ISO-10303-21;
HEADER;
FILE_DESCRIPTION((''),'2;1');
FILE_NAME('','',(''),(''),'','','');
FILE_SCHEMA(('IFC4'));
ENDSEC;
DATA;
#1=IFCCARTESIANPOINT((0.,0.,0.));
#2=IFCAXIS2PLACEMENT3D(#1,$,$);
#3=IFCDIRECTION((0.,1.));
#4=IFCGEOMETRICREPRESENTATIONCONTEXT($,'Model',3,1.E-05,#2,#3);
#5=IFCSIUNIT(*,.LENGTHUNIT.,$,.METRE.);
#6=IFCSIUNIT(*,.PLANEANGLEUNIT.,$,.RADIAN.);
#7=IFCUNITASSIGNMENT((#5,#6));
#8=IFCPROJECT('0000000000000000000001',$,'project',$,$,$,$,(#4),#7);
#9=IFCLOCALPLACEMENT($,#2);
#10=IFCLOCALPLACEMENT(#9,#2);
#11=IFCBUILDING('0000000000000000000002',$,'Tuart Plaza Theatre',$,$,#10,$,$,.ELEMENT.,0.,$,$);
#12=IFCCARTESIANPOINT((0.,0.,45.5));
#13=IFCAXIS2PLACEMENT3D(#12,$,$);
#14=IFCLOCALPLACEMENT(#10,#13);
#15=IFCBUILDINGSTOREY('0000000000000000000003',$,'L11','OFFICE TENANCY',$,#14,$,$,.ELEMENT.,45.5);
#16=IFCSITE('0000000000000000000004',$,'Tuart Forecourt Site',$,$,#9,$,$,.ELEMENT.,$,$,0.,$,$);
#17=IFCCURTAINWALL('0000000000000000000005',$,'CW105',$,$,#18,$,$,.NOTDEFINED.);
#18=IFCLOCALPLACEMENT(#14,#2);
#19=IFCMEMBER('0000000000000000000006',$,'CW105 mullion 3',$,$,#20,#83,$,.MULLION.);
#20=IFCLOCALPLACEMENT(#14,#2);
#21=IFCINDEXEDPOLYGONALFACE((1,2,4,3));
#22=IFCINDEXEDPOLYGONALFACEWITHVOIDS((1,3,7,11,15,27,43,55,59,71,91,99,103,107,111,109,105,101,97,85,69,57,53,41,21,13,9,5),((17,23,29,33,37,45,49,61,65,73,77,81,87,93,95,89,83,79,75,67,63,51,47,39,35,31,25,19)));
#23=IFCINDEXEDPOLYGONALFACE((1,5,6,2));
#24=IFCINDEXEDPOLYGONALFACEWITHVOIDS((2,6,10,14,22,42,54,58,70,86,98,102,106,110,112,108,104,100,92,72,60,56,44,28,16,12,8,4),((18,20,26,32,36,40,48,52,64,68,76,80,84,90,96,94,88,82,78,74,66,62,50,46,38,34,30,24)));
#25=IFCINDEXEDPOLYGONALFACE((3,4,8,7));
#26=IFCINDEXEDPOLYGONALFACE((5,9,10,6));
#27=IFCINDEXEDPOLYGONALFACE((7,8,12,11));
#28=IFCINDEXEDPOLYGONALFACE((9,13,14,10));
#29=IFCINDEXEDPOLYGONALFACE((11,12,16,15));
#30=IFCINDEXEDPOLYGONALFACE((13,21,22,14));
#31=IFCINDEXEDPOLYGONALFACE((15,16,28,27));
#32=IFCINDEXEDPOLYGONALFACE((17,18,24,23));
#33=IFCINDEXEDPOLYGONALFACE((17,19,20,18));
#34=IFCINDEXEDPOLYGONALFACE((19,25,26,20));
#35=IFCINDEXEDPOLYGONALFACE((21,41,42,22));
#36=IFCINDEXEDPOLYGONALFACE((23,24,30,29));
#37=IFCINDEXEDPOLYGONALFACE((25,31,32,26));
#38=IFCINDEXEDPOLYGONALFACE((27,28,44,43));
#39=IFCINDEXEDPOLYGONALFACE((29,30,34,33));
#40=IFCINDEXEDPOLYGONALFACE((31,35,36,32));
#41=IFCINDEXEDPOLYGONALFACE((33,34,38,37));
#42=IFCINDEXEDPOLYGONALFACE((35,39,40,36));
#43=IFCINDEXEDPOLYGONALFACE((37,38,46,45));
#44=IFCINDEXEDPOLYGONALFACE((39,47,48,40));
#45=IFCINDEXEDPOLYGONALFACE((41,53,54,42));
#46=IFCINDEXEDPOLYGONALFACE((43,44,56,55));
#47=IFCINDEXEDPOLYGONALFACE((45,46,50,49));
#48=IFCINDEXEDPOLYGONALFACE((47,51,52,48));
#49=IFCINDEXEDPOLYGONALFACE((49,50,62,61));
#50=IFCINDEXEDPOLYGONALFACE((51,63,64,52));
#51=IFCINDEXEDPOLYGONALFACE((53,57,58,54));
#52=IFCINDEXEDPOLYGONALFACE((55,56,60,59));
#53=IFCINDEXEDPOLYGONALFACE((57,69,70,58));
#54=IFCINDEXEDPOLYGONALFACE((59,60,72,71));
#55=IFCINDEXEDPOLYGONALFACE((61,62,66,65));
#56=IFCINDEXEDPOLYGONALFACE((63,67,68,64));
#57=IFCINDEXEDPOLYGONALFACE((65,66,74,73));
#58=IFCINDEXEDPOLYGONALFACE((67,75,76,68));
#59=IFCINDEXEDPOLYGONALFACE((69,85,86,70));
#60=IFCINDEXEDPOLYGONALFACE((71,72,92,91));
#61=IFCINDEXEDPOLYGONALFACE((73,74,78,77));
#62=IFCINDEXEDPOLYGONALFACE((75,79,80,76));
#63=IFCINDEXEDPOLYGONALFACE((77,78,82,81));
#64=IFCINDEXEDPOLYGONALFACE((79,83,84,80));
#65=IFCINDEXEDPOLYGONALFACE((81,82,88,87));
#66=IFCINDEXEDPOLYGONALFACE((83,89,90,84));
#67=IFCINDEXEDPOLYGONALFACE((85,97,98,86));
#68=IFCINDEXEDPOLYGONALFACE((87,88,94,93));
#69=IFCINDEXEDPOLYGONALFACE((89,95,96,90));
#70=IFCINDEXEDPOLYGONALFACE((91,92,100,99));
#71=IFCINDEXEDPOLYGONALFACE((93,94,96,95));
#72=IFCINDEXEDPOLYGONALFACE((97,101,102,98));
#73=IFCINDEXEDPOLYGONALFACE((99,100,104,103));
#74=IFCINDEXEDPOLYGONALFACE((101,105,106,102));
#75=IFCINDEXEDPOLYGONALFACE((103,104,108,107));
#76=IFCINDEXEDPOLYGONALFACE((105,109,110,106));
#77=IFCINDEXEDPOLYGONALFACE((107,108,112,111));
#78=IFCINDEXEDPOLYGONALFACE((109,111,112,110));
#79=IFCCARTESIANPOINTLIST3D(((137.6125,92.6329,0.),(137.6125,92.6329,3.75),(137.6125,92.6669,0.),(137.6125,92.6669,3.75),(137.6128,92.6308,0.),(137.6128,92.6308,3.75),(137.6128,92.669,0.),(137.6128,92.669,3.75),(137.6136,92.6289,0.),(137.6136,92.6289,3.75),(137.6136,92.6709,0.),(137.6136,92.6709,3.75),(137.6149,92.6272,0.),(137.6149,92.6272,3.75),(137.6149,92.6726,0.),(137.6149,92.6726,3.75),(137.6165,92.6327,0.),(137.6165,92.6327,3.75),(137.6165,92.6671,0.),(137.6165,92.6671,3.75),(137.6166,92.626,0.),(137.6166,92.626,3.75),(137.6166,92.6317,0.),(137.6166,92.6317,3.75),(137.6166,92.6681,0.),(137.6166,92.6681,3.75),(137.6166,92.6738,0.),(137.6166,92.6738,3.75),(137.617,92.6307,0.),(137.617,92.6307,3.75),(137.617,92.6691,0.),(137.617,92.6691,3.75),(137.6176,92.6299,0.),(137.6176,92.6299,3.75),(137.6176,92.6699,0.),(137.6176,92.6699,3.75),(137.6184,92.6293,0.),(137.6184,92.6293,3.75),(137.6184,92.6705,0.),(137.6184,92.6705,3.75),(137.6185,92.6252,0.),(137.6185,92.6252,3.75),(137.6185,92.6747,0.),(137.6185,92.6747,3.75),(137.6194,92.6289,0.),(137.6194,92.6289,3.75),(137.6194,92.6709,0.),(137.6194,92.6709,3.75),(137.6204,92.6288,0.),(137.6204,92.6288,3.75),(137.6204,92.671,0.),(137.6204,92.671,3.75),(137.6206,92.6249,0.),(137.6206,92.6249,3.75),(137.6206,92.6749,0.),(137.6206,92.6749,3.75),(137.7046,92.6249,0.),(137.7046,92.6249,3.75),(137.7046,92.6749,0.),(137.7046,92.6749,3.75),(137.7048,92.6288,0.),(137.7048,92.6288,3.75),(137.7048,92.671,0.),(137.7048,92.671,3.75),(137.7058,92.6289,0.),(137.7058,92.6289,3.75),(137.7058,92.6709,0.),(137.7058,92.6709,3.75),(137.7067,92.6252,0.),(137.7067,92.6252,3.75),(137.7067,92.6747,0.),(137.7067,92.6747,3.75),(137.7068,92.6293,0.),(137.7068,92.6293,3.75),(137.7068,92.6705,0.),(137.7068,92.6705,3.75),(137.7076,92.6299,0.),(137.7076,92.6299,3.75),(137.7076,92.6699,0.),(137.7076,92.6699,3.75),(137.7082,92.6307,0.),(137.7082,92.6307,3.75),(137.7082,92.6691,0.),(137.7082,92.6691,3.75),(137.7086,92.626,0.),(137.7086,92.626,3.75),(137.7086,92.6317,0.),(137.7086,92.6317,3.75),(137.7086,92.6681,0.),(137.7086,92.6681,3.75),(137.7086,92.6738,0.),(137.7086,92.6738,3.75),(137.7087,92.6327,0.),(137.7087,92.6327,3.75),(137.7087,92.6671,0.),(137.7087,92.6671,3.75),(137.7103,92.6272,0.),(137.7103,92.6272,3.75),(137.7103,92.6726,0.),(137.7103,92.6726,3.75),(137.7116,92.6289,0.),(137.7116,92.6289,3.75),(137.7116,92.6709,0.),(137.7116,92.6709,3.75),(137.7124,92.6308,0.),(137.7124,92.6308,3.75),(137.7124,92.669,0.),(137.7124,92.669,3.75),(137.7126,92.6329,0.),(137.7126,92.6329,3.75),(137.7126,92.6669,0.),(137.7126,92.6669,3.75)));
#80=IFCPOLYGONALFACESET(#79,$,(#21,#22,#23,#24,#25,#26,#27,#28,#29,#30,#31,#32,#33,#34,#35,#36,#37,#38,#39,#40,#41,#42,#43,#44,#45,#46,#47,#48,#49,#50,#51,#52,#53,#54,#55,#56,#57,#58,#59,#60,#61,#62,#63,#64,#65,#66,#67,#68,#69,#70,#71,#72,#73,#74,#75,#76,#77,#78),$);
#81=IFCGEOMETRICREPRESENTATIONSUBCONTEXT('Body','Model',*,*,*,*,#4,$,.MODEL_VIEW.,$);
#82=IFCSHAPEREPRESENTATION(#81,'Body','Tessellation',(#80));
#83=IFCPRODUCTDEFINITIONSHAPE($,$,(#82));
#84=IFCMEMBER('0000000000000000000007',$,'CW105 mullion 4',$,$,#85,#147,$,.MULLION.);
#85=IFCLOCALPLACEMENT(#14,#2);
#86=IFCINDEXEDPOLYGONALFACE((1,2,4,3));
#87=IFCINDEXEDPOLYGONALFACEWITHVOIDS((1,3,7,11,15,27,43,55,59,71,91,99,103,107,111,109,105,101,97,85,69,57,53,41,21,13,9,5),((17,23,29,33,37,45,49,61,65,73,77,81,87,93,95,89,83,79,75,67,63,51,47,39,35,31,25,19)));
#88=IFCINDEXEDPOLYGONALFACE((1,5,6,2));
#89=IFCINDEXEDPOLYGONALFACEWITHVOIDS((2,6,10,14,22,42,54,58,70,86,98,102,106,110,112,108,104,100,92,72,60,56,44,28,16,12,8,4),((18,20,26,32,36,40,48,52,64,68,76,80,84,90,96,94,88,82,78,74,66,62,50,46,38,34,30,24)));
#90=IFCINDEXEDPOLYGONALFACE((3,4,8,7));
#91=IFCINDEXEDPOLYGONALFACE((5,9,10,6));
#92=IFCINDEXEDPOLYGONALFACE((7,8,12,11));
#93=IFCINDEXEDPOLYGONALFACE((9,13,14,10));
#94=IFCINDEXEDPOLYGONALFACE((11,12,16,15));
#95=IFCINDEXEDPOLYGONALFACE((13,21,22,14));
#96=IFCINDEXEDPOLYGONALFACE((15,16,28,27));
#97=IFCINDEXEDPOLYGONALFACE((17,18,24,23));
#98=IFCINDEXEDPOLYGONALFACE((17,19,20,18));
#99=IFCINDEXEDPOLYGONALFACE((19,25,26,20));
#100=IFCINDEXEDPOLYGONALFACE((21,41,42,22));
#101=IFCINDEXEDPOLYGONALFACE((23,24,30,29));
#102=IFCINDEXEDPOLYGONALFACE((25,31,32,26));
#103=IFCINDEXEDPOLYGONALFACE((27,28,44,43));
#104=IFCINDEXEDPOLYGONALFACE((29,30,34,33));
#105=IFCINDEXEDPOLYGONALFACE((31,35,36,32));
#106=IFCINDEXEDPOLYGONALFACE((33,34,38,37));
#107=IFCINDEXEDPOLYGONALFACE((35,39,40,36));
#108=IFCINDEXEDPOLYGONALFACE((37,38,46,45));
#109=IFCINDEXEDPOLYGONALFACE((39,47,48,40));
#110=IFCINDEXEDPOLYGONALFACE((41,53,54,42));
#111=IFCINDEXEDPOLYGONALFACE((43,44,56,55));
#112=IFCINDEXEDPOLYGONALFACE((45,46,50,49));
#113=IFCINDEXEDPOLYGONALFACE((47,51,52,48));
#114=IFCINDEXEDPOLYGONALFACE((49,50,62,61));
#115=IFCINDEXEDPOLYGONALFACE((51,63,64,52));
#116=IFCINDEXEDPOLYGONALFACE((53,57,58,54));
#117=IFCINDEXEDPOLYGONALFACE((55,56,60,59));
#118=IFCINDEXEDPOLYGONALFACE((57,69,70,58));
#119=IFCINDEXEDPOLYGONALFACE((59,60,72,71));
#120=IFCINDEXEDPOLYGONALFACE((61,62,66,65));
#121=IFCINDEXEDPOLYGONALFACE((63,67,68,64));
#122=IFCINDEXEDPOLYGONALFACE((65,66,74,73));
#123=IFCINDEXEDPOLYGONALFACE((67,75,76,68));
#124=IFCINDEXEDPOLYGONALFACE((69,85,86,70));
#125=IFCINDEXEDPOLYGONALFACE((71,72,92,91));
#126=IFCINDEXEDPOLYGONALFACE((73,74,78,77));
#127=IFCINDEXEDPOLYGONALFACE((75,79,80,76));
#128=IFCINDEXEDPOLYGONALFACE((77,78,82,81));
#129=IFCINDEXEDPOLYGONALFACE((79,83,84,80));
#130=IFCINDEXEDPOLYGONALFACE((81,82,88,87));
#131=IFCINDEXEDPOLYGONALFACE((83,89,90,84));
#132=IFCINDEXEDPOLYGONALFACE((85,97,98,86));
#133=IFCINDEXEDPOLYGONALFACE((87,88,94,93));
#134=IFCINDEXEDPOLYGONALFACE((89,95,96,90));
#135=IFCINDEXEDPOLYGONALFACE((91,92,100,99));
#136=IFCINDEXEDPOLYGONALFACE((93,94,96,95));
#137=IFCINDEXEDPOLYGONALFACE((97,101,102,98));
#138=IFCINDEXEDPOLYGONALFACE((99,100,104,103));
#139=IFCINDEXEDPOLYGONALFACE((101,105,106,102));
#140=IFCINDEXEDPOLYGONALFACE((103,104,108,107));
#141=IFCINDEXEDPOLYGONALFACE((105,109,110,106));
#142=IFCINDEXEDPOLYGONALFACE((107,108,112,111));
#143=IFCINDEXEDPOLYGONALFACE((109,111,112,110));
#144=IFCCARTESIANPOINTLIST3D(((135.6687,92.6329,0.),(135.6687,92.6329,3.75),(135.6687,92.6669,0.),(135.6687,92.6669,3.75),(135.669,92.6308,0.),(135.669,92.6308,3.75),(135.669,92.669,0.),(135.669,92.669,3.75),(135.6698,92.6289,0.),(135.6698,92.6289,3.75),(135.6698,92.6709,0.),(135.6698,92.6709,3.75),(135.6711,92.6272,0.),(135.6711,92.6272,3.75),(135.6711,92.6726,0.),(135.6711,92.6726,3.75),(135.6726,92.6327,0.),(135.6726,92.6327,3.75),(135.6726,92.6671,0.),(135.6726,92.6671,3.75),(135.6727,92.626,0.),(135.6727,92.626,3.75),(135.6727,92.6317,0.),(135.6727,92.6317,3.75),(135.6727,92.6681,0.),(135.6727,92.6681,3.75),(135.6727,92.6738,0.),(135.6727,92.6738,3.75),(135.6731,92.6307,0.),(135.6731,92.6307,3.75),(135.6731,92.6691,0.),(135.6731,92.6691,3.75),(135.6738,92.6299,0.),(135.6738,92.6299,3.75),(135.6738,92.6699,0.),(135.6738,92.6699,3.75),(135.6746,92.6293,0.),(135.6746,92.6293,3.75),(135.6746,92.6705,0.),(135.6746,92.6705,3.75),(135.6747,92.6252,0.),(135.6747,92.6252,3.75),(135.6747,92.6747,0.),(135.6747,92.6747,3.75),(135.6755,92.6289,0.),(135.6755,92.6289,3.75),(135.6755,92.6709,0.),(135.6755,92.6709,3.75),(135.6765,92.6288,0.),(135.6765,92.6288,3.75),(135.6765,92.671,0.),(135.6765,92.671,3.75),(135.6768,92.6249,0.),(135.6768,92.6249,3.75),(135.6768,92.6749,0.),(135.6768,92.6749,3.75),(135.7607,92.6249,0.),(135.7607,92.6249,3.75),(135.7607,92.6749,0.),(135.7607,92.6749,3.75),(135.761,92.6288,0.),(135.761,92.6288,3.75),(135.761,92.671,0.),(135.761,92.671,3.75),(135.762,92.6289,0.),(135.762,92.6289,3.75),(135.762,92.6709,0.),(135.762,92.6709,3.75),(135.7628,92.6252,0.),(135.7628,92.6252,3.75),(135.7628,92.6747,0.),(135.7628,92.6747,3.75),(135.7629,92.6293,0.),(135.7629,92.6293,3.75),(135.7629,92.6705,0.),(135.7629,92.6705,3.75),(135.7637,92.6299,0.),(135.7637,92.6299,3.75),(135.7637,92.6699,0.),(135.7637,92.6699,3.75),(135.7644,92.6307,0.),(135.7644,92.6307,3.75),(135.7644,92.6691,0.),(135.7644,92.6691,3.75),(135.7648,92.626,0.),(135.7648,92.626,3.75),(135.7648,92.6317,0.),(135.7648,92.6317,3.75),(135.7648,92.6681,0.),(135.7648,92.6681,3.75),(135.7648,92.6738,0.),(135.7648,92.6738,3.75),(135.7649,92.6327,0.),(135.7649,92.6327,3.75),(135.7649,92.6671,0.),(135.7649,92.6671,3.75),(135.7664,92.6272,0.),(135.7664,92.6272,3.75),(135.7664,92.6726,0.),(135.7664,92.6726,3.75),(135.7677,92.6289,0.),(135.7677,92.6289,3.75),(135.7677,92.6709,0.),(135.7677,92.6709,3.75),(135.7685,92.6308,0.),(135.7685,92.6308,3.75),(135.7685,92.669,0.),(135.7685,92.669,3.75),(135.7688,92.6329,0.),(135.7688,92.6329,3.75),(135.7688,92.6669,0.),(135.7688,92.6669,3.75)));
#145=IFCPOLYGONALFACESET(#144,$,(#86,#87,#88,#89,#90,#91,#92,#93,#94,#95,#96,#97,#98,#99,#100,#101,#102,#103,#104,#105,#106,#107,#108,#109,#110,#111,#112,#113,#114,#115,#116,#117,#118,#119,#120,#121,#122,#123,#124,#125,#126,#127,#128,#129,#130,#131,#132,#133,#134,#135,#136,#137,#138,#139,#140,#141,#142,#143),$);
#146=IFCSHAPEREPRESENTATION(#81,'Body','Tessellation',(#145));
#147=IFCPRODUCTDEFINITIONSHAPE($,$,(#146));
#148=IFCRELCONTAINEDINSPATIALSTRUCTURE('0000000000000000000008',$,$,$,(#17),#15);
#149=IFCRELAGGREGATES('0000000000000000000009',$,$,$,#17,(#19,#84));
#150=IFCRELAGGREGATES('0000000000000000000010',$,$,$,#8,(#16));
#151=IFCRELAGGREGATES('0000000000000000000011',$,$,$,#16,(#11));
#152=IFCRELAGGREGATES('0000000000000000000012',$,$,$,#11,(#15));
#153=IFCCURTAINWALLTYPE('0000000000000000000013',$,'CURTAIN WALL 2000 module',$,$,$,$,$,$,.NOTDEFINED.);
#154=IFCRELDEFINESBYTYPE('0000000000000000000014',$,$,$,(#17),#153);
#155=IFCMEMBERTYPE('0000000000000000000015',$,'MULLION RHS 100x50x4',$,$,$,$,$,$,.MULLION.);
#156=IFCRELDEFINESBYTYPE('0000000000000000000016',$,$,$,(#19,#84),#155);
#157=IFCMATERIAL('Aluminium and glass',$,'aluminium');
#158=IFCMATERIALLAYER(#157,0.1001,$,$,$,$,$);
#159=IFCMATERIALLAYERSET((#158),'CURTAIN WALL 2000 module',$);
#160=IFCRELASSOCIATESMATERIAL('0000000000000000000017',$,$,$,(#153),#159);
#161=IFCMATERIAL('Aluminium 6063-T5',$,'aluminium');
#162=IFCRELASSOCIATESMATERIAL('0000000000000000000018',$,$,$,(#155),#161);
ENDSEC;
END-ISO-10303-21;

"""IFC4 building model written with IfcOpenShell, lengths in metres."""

from ifc_helpers import new_model, si_unit, direction, frame, origin, origin_2d, place, context, subcontext, project, spatial, hollow_rectangle, extrude, material, layer, layer_set, material_profile, profile_set, type_object, element, aggregate, save


model = new_model("IFC4")

# Units and contexts
model_context = context("Model", 3, precision=1e-05, world=origin(), true_north=direction((0.0, 1.0)))
body_context = subcontext(model_context, "Body", "Model", "MODEL_VIEW")
ifc_project = project(units=[si_unit("LENGTHUNIT", "METRE"), si_unit("PLANEANGLEUNIT", "RADIAN")], contexts=[model_context])

# Site, building, storey
site_placement = place(None, origin())
site = spatial("IfcSite", under=ifc_project, at=site_placement, Name="Tuart Forecourt Site", CompositionType="ELEMENT", RefElevation=0.0)
building_placement = place(site_placement, origin())
building = spatial("IfcBuilding", under=site, at=building_placement, Name="Tuart Plaza Theatre", CompositionType="ELEMENT", ElevationOfRefHeight=0.0)
storey_placement = place(building_placement, frame((0.0, 0.0, 45.5)))
storey = spatial("IfcBuildingStorey", under=building, at=storey_placement, Name="L11", Description="OFFICE TENANCY", CompositionType="ELEMENT", Elevation=45.5)

# Curtain wall, members
ifc_material_1 = material(Name="Aluminium and glass", Category="aluminium")
ifc_layer_1 = layer(ifc_material_1, 0.1001)
ifc_layer_set_1 = layer_set([ifc_layer_1], Name="CURTAIN WALL 2000 module")
curtain_wall_type = type_object("IfcCurtainWallType", Name="CURTAIN WALL 2000 module", PredefinedType="NOTDEFINED", material=ifc_layer_set_1)
curtain_wall_placement = place(storey_placement, origin())
curtain_wall = element("IfcCurtainWall", 1, at=curtain_wall_placement, inside=storey, type_object=curtain_wall_type, Name="CW105", PredefinedType="NOTDEFINED")
ifc_material_2 = material(Name="Aluminium 6063-T5", Category="aluminium")
ifc_material_profile_1 = material_profile(ifc_material_2, hollow_rectangle(XDim=0.05, YDim=0.1001, WallThickness=0.0039, InnerFilletRadius=0.0039, OuterFilletRadius=0.0081, at=origin_2d()), Name="RHS 100x50x4")
ifc_profile_set_1 = profile_set([ifc_material_profile_1], Name="Aluminium 6063-T5")
member_type_1 = type_object("IfcMemberType", Name="MULLION RHS 100x50x4", PredefinedType="MULLION", material=ifc_profile_set_1)
member_1_placement = place(storey_placement, frame((137.6626, 92.6499, 0.0), z_axis=(0.0, 0.0, 1.0), x_axis=(0.0, -1.0, 0.0)))
member_1 = element("IfcMember", 2, at=member_1_placement, type_object=member_type_1, Name="CW105 mullion 3", PredefinedType="MULLION", context=body_context, shape_type="SweptSolid", body=[
    extrude(hollow_rectangle(XDim=0.05, YDim=0.1001, WallThickness=0.0039, InnerFilletRadius=0.0039, OuterFilletRadius=0.0081, at=origin_2d()), origin(), (0.0, 0.0, 1.0), 3.75),
])
member_2_placement = place(storey_placement, frame((135.7188, 92.6499, 0.0), z_axis=(0.0, 0.0, 1.0), x_axis=(0.0, -1.0, 0.0)))
member_2 = element("IfcMember", 3, at=member_2_placement, type_object=member_type_1, Name="CW105 mullion 4", PredefinedType="MULLION", context=body_context, shape_type="SweptSolid", body=[
    extrude(hollow_rectangle(XDim=0.05, YDim=0.1001, WallThickness=0.0039, InnerFilletRadius=0.0039, OuterFilletRadius=0.0081, at=origin_2d()), origin(), (0.0, 0.0, 1.0), 3.75),
])
aggregate(curtain_wall, [member_1, member_2])

save(model, "model.ifc")
